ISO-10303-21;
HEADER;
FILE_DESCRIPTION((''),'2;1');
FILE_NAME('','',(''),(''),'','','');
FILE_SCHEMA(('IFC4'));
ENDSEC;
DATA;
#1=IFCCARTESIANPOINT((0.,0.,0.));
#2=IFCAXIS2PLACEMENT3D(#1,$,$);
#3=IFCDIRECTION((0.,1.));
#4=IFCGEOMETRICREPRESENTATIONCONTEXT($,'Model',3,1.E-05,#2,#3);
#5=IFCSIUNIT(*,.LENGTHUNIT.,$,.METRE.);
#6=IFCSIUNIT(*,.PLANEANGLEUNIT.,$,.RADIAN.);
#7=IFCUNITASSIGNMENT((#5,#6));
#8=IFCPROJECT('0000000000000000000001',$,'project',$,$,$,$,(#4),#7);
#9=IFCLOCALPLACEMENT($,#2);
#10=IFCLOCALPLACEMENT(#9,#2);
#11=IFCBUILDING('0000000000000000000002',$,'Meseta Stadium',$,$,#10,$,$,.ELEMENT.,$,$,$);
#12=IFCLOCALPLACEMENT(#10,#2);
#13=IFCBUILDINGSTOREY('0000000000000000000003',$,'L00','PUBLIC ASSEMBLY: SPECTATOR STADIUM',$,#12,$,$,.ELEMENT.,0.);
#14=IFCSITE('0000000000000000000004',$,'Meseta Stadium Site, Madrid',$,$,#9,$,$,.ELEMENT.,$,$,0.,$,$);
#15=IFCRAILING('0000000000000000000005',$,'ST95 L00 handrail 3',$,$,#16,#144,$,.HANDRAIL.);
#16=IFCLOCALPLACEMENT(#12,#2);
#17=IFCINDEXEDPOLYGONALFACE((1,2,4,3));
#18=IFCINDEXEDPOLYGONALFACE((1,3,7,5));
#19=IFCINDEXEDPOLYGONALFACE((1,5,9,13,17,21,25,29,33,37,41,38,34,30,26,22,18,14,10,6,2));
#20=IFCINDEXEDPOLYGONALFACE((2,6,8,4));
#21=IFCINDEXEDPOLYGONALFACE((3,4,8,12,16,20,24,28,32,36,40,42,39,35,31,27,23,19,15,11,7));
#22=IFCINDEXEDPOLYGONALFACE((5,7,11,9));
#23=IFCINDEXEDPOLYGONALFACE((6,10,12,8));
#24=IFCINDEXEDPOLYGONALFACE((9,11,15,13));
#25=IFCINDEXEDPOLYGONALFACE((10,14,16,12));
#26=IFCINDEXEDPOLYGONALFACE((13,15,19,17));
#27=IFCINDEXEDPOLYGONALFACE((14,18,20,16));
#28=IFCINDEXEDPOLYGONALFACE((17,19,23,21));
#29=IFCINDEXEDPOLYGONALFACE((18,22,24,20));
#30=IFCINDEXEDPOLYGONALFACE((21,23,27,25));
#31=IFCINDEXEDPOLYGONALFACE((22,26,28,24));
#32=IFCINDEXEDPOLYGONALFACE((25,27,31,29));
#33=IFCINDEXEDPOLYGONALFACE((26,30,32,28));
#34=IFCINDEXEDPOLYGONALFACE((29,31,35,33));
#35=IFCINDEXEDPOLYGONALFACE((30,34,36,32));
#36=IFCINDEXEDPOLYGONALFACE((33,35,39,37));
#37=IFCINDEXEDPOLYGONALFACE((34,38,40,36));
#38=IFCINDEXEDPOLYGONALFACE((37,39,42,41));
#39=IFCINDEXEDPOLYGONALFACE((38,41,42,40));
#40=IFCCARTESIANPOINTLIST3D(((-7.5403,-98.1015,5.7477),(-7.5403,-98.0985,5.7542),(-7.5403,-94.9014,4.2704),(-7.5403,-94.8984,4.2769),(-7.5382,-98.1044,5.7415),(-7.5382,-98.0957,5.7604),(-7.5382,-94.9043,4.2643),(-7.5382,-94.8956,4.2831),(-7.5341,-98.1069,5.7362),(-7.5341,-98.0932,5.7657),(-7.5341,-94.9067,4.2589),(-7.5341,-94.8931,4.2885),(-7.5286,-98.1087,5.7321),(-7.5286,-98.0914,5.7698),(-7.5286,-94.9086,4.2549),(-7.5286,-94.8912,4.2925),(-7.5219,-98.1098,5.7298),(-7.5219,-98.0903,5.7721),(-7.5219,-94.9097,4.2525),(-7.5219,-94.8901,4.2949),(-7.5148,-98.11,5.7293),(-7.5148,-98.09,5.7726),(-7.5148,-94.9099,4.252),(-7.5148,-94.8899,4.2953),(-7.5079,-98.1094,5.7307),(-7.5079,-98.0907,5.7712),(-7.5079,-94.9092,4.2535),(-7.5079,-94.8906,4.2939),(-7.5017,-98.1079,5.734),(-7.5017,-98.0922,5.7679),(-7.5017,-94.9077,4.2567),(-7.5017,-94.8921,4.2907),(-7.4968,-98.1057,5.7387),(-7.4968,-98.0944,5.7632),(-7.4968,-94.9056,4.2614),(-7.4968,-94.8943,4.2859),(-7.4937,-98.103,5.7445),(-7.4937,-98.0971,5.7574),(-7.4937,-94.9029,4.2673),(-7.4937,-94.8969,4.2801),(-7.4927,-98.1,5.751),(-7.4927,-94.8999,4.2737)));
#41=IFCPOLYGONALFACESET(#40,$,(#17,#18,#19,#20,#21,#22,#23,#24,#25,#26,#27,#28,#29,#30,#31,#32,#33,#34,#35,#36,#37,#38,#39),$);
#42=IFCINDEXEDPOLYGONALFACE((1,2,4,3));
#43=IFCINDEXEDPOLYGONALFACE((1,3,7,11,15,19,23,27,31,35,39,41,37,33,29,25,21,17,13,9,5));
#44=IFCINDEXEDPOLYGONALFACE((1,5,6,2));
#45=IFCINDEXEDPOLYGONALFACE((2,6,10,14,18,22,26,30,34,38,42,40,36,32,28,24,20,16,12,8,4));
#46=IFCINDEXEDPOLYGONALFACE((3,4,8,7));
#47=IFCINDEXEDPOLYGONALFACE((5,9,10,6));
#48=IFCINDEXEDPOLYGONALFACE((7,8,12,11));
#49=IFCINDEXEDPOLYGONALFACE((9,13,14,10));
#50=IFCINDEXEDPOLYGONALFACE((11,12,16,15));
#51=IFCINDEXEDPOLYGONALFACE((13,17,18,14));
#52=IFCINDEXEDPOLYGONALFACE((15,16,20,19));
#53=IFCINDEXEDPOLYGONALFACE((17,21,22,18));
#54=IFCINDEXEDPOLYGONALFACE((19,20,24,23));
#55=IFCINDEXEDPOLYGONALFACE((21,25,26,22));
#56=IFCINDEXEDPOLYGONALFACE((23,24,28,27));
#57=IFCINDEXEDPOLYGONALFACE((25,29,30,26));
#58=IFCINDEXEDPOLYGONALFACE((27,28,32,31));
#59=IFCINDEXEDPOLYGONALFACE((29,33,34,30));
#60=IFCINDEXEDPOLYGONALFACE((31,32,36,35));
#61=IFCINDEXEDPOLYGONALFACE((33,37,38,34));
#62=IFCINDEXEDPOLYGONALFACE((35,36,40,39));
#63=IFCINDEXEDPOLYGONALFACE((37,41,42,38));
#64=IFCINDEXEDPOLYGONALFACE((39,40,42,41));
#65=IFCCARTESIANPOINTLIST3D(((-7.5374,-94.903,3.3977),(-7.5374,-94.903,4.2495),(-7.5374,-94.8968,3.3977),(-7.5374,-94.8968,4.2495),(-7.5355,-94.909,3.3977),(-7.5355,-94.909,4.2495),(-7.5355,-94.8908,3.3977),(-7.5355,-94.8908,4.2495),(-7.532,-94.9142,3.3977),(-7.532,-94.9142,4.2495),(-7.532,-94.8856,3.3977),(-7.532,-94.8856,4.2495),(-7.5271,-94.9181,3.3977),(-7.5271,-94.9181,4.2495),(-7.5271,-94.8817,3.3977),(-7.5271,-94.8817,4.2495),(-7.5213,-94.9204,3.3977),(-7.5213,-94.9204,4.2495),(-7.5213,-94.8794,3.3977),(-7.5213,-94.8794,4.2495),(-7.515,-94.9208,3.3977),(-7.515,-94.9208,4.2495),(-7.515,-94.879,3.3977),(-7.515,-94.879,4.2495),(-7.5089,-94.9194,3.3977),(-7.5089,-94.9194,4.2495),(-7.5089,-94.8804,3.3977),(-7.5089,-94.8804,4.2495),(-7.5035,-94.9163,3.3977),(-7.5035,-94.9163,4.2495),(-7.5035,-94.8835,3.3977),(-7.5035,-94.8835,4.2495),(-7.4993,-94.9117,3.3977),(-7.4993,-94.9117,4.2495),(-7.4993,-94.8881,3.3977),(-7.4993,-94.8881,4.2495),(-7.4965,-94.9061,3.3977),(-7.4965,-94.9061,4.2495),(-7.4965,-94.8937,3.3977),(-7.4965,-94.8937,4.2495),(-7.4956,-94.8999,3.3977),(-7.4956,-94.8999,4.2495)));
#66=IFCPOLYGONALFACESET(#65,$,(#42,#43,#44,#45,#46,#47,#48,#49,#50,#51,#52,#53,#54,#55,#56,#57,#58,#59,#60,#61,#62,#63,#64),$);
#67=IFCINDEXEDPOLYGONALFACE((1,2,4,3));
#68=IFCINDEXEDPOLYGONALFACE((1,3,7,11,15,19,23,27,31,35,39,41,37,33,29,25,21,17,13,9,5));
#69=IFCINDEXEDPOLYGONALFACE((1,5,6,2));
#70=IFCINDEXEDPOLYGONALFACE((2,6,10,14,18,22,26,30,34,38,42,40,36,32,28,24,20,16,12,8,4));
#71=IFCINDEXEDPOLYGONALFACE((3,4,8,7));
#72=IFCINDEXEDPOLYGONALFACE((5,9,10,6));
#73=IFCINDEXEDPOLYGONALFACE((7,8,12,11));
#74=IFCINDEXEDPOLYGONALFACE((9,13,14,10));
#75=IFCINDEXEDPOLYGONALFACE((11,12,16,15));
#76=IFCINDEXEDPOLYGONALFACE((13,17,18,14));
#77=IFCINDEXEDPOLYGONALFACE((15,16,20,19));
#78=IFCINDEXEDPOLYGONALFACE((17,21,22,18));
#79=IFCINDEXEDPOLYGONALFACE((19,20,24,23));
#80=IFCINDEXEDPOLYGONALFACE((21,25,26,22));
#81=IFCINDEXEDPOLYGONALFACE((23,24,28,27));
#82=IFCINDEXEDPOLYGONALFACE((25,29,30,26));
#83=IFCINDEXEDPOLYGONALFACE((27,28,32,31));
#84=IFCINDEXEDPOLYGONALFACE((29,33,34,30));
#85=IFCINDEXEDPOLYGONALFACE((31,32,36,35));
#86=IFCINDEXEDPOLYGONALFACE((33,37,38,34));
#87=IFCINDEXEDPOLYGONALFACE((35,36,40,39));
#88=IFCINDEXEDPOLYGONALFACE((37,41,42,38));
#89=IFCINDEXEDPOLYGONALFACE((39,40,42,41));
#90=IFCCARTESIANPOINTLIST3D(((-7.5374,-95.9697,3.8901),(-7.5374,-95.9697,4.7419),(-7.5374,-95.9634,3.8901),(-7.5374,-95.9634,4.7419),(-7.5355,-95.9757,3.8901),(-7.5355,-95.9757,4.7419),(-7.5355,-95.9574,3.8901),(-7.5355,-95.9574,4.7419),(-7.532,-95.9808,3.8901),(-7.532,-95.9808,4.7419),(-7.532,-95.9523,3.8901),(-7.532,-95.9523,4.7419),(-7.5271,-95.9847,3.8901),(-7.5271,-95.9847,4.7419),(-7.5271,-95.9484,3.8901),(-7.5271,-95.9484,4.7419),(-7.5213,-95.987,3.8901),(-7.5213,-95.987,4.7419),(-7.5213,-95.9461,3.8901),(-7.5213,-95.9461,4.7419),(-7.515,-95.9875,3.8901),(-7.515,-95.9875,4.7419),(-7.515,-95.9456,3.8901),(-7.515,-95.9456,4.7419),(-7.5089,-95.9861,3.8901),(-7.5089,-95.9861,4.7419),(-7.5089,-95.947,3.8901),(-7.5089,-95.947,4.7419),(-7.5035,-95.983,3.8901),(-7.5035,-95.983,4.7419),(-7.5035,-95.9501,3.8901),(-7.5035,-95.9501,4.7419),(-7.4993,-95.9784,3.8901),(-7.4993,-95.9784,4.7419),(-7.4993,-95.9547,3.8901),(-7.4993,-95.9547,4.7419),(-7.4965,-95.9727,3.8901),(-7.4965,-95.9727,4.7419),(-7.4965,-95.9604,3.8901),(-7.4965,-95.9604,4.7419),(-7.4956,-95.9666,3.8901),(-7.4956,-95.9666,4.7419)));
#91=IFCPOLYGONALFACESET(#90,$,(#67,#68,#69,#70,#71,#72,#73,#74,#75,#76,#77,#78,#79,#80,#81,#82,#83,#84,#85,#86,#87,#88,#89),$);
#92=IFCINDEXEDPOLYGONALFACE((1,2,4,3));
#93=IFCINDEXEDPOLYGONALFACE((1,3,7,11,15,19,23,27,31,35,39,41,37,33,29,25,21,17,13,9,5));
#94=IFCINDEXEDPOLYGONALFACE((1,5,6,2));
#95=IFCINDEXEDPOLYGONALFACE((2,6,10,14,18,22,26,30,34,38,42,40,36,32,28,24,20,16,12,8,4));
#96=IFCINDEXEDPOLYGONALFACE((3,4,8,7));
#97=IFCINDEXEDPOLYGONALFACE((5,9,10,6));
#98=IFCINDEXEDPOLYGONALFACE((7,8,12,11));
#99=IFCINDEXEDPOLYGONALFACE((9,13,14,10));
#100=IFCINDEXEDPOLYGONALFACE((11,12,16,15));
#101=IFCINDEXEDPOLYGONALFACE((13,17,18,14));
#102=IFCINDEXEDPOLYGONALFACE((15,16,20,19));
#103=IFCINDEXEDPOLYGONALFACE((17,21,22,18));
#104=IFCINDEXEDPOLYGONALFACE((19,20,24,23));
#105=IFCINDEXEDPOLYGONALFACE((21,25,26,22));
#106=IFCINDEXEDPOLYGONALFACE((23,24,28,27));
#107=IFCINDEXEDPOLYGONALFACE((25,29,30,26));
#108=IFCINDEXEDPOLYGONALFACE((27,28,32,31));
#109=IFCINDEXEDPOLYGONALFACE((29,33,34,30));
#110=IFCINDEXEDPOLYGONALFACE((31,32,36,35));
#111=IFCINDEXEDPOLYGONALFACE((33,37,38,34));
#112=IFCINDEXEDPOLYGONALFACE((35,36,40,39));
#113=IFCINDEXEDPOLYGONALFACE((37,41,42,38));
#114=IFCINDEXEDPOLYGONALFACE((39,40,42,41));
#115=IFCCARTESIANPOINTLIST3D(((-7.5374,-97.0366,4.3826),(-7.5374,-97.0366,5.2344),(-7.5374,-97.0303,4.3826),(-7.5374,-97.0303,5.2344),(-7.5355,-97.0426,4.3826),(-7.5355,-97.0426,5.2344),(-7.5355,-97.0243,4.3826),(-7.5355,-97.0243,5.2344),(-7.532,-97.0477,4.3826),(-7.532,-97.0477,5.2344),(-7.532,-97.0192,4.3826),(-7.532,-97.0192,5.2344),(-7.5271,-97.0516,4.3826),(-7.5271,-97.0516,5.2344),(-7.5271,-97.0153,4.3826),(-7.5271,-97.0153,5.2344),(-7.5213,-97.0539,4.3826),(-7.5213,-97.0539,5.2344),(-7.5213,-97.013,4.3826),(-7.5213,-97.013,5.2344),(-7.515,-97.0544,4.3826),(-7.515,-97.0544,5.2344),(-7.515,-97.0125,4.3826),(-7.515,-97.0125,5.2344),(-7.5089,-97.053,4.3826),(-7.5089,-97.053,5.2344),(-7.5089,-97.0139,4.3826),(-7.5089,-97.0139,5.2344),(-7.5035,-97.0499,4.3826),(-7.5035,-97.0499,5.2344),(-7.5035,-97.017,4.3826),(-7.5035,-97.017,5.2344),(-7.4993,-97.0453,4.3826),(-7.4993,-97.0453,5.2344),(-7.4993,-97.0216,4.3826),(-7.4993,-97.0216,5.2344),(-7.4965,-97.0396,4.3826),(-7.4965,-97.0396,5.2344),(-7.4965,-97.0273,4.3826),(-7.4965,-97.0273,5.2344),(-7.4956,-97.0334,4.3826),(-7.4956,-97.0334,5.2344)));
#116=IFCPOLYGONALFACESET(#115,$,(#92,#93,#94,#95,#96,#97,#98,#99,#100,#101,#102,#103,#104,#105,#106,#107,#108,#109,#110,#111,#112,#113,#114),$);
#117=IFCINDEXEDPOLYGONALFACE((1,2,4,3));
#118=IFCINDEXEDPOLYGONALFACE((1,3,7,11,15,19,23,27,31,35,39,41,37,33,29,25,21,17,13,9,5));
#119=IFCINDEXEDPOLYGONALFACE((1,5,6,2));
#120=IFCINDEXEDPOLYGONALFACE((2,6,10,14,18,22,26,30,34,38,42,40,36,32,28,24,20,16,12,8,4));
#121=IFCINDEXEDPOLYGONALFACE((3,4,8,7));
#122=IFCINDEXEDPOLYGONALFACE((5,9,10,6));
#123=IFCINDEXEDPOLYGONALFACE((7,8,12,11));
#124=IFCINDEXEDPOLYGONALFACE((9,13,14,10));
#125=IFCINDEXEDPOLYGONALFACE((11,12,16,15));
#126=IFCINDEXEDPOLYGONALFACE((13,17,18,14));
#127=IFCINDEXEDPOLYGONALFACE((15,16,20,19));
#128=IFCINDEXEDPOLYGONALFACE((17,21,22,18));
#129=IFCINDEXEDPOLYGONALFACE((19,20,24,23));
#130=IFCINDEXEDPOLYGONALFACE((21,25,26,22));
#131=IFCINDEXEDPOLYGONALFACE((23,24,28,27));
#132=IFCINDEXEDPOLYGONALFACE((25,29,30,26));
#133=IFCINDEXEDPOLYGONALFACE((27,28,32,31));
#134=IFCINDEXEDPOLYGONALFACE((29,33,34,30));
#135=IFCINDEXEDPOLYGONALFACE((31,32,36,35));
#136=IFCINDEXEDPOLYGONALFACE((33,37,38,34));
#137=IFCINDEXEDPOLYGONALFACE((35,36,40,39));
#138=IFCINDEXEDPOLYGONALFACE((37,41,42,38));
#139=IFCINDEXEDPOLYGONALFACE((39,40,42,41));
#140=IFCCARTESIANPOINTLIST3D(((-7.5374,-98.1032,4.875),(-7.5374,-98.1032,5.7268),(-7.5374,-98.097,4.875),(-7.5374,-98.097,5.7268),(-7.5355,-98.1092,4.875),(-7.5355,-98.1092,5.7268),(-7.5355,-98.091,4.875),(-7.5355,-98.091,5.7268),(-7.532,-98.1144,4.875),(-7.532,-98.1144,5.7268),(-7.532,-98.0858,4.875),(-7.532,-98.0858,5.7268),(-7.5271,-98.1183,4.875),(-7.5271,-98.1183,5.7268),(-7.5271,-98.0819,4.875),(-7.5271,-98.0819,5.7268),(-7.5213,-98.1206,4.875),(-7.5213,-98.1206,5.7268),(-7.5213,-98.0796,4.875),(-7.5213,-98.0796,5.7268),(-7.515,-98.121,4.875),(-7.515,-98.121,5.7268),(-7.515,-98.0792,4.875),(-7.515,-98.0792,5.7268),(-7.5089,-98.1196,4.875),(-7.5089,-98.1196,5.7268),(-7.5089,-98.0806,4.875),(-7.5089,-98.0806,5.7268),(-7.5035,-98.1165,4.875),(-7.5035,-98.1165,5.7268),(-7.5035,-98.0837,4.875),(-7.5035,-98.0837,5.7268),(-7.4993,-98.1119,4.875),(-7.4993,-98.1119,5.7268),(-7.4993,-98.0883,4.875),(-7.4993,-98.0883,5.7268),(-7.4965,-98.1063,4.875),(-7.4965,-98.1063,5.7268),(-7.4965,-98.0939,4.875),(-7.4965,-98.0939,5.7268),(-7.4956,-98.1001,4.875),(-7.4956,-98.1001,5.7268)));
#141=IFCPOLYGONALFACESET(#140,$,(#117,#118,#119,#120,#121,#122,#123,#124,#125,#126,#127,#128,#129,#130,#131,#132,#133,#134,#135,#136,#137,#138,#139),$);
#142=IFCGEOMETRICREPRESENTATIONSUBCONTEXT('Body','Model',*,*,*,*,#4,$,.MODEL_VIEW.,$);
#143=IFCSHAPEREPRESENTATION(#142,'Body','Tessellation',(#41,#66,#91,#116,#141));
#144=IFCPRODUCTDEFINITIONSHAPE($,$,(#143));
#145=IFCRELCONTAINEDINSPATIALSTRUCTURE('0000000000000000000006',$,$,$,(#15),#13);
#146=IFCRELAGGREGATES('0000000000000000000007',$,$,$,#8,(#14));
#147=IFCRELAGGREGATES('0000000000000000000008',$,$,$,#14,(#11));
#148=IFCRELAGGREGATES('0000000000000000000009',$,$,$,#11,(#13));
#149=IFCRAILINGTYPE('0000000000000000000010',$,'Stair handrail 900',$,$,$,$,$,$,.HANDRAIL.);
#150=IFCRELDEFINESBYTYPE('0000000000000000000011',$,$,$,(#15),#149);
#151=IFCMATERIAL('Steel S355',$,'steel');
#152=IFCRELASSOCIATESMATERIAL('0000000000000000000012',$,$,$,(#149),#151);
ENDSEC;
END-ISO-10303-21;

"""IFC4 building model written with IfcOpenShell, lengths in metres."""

from ifc_helpers import new_model, si_unit, direction, frame, origin, origin_2d, place, context, subcontext, project, spatial, circle, extrude, material, type_object, element, save


model = new_model("IFC4")

# Units and contexts
model_context = context("Model", 3, precision=1e-05, world=origin(), true_north=direction((0.0, 1.0)))
body_context = subcontext(model_context, "Body", "Model", "MODEL_VIEW")
ifc_project = project(units=[si_unit("LENGTHUNIT", "METRE"), si_unit("PLANEANGLEUNIT", "RADIAN")], contexts=[model_context])

# Site, building, storey
site_placement = place(None, origin())
site = spatial("IfcSite", under=ifc_project, at=site_placement, Name="Meseta Stadium Site, Madrid", CompositionType="ELEMENT", RefElevation=0.0)
building_placement = place(site_placement, origin())
building = spatial("IfcBuilding", under=site, at=building_placement, Name="Meseta Stadium", CompositionType="ELEMENT")
storey_placement = place(building_placement, origin())
storey = spatial("IfcBuildingStorey", under=building, at=storey_placement, Name="L00", Description="PUBLIC ASSEMBLY: SPECTATOR STADIUM", CompositionType="ELEMENT", Elevation=0.0)

# Railing
ifc_material_1 = material(Name="Steel S355", Category="steel")
railing_type_1 = type_object("IfcRailingType", Name="Stair handrail 900", PredefinedType="HANDRAIL", material=ifc_material_1)
railing_1_placement = place(storey_placement, frame((-7.5166, -94.8999, 3.3977)))
element("IfcRailing", 1, at=railing_1_placement, inside=storey, type_object=railing_type_1, Name="ST95 L00 handrail 3", PredefinedType="HANDRAIL", context=body_context, shape_type="SweptSolid", body=[
    extrude(circle(Radius=0.0239, at=origin_2d()), frame((0.0, 0.0, 0.876), z_axis=(0.0, -0.907929, 0.419124), x_axis=(1.0, 0.0, 0.0)), (0.0, 0.0, 1.0), 3.5247),
    extrude(circle(Radius=0.021, at=origin_2d()), origin(), (0.0, 0.0, 1.0), 0.8518),
    extrude(circle(Radius=0.021, at=origin_2d()), frame((0.0, -1.0667, 0.4924)), (0.0, 0.0, 1.0), 0.8518),
    extrude(circle(Radius=0.021, at=origin_2d()), frame((0.0, -2.1335, 0.9849)), (0.0, 0.0, 1.0), 0.8518),
    extrude(circle(Radius=0.021, at=origin_2d()), frame((0.0, -3.2002, 1.4773)), (0.0, 0.0, 1.0), 0.8518),
])

save(model, "model.ifc")
